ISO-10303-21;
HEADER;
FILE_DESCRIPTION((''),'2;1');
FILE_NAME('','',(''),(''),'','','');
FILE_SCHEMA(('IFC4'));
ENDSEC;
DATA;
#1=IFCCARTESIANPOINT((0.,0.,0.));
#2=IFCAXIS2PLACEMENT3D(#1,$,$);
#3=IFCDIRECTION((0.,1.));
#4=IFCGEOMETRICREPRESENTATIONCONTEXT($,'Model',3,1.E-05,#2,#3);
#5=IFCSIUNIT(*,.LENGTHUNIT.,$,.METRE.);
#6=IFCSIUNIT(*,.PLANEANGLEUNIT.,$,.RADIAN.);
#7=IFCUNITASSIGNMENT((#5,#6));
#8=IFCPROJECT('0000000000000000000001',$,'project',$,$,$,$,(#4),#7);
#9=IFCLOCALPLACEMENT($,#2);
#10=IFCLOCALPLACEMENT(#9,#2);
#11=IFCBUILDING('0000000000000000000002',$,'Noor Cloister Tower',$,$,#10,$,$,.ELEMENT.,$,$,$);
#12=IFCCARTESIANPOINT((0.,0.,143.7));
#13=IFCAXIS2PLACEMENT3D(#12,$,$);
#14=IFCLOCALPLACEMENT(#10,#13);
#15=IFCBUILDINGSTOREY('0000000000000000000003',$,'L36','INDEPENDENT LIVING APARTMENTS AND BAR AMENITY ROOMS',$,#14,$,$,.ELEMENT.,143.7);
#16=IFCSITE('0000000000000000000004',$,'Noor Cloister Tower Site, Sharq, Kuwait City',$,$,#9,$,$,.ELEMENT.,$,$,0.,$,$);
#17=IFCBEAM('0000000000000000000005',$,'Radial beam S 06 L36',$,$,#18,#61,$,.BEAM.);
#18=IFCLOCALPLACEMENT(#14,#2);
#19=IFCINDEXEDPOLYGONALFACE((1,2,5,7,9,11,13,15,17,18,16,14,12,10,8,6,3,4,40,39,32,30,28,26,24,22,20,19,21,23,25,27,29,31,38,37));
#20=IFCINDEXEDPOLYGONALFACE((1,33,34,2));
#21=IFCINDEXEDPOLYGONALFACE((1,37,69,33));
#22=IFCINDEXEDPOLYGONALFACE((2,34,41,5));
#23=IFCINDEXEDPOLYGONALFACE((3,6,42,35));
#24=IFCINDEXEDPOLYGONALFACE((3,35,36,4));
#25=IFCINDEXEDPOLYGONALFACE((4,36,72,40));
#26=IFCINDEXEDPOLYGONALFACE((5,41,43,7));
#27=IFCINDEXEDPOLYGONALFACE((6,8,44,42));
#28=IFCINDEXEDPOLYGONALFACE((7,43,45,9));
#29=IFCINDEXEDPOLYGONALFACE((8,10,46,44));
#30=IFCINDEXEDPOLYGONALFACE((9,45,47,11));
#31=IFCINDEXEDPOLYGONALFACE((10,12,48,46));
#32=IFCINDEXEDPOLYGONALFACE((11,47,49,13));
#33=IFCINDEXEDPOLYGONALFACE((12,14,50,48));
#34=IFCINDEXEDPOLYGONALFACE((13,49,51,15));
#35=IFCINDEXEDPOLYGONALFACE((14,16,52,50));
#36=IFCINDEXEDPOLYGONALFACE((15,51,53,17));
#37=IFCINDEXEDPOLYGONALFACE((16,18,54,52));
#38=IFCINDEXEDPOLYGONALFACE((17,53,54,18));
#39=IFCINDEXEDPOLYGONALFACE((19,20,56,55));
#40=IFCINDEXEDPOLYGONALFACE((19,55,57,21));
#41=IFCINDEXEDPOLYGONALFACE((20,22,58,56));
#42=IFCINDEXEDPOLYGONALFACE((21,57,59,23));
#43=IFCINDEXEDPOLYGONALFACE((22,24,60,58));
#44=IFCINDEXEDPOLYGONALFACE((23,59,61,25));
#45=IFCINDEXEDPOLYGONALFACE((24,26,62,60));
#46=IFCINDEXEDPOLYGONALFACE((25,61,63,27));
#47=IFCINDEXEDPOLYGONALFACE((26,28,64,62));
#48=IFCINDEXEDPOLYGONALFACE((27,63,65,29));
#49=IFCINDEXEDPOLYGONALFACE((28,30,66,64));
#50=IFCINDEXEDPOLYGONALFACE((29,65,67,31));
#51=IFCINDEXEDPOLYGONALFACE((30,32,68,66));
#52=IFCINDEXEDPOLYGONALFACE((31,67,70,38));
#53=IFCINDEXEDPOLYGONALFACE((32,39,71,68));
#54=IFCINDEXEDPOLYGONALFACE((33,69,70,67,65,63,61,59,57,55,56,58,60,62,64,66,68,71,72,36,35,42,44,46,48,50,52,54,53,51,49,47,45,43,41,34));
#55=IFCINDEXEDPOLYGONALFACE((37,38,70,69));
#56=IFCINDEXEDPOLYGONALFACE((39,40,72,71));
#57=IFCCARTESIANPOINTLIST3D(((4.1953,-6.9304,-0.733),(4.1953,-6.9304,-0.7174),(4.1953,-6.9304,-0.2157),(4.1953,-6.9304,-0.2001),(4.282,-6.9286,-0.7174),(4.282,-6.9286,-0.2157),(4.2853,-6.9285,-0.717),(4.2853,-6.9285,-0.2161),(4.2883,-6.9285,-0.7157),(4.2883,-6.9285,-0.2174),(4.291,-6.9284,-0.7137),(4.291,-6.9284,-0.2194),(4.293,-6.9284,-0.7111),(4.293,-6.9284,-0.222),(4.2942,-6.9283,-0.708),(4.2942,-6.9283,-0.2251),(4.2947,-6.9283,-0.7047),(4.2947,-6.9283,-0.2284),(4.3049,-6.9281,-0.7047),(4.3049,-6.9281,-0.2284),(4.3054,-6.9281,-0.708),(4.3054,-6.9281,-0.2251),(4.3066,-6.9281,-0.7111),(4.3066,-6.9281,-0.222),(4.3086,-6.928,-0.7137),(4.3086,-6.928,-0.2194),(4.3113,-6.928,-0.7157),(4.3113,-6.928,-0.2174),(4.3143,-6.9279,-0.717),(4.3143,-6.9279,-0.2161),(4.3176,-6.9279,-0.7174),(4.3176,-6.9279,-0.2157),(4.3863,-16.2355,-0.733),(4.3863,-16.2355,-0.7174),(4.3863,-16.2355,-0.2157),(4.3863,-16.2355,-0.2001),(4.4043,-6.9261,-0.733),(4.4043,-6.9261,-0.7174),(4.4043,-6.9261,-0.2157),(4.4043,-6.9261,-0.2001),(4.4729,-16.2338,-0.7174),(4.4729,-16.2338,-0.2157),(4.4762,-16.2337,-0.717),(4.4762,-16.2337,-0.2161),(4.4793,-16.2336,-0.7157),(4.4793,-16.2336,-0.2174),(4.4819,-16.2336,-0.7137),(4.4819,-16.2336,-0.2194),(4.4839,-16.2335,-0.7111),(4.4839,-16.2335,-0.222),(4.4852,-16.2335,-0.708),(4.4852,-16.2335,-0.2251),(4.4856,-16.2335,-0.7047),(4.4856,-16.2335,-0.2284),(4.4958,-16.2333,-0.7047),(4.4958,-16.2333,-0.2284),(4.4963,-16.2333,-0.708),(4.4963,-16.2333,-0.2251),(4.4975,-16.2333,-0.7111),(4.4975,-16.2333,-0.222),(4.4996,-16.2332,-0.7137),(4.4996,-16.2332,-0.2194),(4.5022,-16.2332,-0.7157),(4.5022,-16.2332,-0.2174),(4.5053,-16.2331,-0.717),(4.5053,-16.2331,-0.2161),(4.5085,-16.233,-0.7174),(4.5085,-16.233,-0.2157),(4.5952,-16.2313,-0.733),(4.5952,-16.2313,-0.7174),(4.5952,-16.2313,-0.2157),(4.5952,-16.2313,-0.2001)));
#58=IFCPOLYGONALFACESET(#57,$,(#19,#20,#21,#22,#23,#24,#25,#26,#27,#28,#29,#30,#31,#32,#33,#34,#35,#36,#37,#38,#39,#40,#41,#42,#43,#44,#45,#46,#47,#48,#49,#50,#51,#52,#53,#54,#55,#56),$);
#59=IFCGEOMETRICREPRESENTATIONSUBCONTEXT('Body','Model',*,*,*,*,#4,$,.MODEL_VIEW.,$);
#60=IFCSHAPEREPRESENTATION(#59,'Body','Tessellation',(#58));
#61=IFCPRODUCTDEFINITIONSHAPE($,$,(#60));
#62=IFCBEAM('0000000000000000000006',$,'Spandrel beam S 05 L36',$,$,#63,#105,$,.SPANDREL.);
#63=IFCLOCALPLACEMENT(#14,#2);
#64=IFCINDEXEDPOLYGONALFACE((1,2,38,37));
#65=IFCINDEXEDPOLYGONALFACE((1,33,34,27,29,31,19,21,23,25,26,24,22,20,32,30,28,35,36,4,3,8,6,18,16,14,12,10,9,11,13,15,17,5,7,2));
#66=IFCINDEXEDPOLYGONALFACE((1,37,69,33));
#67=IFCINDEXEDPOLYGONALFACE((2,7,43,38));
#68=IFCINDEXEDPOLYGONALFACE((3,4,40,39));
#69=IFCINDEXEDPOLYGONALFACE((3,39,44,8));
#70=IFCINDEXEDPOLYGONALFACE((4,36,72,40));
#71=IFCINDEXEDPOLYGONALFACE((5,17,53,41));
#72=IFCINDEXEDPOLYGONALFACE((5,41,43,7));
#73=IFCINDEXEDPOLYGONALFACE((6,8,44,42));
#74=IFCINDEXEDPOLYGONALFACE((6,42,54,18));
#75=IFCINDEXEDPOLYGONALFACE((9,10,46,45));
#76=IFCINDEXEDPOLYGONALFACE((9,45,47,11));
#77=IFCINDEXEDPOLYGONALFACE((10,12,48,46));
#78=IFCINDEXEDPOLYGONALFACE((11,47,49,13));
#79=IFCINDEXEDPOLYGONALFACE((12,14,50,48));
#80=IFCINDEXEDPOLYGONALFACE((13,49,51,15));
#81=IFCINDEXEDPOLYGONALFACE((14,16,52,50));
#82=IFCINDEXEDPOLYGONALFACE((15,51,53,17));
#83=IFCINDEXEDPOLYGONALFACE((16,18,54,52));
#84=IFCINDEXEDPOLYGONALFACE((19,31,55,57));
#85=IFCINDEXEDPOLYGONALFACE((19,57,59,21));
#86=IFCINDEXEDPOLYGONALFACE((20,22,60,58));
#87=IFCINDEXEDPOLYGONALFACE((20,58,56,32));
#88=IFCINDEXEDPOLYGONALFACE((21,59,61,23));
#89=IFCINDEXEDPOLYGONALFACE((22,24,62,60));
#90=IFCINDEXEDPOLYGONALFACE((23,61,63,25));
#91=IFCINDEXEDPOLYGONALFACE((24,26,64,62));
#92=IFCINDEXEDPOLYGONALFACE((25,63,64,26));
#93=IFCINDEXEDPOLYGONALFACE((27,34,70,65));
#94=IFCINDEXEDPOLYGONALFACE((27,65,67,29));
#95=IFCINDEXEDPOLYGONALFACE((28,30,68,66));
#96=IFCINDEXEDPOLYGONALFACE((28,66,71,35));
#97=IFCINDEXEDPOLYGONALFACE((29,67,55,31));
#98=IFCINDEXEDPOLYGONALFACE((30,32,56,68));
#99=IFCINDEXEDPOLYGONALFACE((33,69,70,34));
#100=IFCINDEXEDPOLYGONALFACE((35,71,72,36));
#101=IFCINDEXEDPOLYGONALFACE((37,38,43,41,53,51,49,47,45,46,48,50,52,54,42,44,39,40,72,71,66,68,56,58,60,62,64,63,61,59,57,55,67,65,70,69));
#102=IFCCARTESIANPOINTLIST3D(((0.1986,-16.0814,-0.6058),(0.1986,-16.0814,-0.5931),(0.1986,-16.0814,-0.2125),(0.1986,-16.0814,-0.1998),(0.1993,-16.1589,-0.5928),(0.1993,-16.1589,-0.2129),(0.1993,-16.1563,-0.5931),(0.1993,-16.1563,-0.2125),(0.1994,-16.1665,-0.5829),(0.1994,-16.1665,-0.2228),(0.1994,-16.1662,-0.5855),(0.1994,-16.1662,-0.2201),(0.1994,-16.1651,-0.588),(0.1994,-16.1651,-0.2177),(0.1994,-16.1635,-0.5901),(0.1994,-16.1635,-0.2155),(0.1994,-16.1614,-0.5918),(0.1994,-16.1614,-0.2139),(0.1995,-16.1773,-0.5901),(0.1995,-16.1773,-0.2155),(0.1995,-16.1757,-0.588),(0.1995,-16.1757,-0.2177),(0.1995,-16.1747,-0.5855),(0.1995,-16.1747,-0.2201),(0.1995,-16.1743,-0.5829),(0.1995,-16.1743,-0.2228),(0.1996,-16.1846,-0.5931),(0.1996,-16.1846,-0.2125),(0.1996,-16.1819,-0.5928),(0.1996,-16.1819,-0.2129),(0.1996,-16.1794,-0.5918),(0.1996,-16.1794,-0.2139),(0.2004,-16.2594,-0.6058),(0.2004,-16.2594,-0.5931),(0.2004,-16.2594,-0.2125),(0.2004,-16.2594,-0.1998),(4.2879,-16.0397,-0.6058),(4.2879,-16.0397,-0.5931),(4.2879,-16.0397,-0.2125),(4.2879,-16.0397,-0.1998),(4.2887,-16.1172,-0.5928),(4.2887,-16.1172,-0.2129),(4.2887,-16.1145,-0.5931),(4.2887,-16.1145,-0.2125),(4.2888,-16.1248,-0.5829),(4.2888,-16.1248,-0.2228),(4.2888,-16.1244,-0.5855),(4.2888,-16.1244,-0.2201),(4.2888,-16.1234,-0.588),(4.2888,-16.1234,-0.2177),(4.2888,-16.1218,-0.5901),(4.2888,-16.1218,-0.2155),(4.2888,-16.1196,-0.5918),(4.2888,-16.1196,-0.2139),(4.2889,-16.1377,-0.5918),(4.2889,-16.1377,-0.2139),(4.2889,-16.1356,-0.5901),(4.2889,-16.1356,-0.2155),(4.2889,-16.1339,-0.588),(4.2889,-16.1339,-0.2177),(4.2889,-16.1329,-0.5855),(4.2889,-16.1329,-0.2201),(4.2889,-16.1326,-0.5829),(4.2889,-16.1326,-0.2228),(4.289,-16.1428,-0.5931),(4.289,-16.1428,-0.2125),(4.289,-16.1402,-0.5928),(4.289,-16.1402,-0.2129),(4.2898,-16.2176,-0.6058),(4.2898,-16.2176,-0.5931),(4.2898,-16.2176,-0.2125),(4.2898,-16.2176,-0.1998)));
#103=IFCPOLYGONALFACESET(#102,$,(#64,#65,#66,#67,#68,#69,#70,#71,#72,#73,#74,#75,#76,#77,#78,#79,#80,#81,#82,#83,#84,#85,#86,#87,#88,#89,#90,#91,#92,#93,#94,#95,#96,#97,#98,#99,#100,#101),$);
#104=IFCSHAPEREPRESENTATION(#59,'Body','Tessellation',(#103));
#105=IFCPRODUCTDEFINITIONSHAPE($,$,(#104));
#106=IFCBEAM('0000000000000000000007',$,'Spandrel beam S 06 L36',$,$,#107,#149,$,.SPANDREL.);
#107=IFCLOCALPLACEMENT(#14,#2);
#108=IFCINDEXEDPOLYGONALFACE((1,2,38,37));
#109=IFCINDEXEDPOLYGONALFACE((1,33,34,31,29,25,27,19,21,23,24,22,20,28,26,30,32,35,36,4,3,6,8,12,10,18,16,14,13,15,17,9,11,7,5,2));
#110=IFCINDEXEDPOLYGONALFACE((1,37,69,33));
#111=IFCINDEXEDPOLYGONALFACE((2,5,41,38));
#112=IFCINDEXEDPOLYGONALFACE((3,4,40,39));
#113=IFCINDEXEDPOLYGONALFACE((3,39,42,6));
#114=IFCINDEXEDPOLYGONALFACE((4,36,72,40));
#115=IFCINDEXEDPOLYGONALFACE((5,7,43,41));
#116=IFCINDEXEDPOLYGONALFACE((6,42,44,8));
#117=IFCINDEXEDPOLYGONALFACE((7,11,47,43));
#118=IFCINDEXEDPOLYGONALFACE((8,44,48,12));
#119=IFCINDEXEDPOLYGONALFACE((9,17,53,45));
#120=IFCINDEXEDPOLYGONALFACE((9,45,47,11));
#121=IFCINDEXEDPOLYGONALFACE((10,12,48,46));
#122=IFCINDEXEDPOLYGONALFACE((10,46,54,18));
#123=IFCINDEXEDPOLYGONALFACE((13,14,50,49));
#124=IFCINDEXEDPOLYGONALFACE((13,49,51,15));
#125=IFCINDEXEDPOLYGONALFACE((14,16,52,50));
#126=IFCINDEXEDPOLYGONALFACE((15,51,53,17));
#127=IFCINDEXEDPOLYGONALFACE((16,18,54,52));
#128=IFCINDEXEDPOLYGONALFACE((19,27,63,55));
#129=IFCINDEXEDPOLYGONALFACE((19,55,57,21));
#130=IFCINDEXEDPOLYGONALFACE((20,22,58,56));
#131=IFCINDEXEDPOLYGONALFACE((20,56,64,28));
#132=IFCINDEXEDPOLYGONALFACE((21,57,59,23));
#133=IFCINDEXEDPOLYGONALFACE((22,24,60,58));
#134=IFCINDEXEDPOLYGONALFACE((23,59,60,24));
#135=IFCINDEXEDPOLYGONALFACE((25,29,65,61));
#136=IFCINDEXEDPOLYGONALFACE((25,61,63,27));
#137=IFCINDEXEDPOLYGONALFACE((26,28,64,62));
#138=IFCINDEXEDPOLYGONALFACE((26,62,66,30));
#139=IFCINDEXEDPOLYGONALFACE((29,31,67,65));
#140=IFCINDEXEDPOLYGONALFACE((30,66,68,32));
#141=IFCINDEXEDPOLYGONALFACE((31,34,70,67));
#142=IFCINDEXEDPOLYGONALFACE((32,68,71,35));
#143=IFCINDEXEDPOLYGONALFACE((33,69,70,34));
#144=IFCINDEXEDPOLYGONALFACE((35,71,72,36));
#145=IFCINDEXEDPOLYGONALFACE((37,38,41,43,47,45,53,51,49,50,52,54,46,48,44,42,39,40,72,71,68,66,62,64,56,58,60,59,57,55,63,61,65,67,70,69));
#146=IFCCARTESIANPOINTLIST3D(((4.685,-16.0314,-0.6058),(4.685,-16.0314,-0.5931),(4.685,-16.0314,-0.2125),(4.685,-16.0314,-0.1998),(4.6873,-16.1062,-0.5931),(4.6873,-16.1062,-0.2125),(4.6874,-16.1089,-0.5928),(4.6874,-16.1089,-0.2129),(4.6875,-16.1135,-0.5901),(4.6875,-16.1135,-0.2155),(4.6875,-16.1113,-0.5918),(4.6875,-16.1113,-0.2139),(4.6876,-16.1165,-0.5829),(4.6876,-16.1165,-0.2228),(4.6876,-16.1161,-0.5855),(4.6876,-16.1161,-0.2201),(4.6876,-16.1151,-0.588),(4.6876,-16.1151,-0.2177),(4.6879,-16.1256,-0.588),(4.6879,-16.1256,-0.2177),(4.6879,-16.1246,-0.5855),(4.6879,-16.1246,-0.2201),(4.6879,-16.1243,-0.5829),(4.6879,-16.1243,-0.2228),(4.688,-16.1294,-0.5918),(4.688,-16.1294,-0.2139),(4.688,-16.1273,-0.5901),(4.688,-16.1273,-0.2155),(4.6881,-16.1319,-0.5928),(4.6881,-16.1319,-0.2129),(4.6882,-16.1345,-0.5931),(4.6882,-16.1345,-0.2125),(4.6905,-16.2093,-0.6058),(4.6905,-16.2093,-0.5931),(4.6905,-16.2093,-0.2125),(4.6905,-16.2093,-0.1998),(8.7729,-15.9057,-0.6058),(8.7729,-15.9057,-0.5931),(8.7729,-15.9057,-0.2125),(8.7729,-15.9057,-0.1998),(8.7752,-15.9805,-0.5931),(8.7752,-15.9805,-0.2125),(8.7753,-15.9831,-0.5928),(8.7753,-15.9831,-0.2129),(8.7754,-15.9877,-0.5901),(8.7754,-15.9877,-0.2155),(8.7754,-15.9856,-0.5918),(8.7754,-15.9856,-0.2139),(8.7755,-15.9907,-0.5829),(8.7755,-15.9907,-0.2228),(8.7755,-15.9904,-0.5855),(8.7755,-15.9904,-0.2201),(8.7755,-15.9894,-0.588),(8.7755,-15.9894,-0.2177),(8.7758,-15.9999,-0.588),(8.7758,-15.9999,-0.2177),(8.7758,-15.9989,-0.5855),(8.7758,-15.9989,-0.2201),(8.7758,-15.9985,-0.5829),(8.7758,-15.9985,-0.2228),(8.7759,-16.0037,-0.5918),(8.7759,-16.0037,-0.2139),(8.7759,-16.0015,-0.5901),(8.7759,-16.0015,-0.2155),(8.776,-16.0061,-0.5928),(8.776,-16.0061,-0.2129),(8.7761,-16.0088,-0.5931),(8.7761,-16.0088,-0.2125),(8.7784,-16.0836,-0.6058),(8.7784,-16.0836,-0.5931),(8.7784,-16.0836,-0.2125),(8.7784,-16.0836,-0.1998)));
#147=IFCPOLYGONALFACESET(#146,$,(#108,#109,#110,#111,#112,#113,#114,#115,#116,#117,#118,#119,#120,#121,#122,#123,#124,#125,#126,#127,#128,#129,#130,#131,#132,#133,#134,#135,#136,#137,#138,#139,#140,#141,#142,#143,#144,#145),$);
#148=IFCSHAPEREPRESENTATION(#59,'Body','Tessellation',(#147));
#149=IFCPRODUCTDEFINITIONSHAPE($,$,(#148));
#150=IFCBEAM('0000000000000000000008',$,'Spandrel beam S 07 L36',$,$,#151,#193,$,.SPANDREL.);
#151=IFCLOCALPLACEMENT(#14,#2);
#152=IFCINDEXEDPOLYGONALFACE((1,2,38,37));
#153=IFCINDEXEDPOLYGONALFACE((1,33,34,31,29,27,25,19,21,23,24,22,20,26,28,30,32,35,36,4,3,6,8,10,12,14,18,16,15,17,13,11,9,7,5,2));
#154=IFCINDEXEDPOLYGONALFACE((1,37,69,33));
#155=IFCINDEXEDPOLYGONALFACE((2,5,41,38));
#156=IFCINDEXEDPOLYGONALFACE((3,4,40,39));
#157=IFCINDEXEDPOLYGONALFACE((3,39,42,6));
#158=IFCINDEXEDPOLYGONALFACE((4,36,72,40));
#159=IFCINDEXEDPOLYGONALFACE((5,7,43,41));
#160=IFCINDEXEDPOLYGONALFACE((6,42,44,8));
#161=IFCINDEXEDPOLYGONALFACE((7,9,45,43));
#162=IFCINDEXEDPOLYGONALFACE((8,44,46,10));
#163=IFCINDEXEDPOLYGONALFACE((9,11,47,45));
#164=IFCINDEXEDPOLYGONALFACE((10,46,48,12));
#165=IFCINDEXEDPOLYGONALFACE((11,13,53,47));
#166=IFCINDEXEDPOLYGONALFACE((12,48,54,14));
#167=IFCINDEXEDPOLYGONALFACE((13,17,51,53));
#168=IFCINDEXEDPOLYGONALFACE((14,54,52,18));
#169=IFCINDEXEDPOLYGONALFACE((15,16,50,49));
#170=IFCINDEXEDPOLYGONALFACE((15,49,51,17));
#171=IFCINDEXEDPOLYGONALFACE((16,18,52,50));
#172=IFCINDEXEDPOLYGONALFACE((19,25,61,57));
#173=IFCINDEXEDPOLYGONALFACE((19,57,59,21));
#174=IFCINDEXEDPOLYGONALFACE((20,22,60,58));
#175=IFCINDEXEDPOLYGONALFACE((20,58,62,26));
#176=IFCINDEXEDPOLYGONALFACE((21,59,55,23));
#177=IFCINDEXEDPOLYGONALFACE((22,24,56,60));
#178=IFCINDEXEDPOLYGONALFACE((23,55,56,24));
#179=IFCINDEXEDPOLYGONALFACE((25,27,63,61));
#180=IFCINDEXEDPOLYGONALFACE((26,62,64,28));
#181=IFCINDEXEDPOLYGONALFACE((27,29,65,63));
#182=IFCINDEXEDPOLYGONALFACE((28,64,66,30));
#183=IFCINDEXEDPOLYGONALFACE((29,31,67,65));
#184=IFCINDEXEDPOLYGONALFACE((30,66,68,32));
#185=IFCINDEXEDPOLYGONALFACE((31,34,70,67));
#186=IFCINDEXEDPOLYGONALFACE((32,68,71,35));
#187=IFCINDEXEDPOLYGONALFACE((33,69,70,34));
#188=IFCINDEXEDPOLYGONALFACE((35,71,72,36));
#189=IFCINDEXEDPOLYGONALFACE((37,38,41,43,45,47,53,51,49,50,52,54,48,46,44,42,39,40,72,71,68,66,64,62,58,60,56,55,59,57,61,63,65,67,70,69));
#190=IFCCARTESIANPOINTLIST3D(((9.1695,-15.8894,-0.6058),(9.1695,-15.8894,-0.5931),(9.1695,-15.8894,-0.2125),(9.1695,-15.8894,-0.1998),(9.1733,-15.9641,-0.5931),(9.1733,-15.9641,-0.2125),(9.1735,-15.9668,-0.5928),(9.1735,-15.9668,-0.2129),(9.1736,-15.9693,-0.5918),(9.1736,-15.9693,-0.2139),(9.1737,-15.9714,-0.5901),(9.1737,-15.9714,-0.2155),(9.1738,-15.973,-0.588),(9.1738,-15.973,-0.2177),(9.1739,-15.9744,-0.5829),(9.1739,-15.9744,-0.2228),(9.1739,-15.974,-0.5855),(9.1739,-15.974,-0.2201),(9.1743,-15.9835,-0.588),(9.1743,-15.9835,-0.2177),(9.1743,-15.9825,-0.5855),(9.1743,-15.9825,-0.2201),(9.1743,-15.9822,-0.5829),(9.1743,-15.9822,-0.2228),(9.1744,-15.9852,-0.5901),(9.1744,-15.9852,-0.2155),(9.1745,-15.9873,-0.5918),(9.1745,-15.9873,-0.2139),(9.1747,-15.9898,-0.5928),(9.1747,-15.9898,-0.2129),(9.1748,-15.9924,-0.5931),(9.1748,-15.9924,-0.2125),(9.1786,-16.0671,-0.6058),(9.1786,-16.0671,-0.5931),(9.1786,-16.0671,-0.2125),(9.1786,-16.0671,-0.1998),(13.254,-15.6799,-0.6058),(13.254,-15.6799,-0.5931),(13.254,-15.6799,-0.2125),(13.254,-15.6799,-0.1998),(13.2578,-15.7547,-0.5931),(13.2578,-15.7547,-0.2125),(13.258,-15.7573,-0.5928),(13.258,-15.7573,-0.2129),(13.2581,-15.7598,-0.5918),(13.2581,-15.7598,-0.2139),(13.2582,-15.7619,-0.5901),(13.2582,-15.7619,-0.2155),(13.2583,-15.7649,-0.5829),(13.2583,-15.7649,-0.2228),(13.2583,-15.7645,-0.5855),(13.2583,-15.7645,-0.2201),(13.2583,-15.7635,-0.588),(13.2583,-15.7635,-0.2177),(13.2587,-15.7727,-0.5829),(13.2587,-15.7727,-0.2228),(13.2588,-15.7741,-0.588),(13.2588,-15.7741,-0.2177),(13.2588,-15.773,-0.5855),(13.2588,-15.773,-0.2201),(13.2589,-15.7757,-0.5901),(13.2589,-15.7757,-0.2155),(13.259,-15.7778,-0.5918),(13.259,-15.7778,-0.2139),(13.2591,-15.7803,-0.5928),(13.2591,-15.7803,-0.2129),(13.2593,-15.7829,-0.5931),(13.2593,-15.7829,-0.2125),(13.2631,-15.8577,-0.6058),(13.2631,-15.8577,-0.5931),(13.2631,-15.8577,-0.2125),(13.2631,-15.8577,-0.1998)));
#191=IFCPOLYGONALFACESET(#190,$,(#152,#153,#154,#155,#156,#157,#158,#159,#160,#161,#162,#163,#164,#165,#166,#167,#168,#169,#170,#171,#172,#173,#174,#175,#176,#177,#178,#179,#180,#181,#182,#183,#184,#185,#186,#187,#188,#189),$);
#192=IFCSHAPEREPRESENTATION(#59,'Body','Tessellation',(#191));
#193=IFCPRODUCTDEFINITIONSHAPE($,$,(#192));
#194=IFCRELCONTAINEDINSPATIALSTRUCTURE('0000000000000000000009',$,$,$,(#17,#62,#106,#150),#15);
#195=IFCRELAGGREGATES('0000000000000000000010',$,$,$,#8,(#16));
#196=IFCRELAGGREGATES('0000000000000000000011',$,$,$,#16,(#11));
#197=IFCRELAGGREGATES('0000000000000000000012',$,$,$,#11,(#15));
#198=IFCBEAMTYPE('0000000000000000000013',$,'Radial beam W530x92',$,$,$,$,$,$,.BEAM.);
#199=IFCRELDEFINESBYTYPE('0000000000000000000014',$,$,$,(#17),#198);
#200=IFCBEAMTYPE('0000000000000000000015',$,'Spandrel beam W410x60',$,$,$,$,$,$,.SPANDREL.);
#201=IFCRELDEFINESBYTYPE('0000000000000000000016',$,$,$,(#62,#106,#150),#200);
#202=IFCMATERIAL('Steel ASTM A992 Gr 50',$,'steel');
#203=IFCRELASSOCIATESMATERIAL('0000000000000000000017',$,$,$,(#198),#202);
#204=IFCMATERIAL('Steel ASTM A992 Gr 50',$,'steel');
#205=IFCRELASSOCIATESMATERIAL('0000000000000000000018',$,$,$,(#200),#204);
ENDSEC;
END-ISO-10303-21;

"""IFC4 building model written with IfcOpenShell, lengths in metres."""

from ifc_helpers import new_model, si_unit, direction, frame, origin, origin_2d, place, context, subcontext, project, spatial, i_section, extrude, material, material_profile, profile_set, type_object, element, save


model = new_model("IFC4")

# Units and contexts
model_context = context("Model", 3, precision=1e-05, world=origin(), true_north=direction((0.0, 1.0)))
body_context = subcontext(model_context, "Body", "Model", "MODEL_VIEW")
ifc_project = project(units=[si_unit("LENGTHUNIT", "METRE"), si_unit("PLANEANGLEUNIT", "RADIAN")], contexts=[model_context])

# Site, building, storey
site_placement = place(None, origin())
site = spatial("IfcSite", under=ifc_project, at=site_placement, Name="Noor Cloister Tower Site, Sharq, Kuwait City", CompositionType="ELEMENT", RefElevation=0.0)
building_placement = place(site_placement, origin())
building = spatial("IfcBuilding", under=site, at=building_placement, Name="Noor Cloister Tower", CompositionType="ELEMENT")
storey_placement = place(building_placement, frame((0.0, 0.0, 143.7)))
storey = spatial("IfcBuildingStorey", under=building, at=storey_placement, Name="L36", Description="INDEPENDENT LIVING APARTMENTS AND BAR AMENITY ROOMS", CompositionType="ELEMENT", Elevation=143.7)

# Beams
ifc_material_1 = material(Name="Steel ASTM A992 Gr 50", Category="steel")
ifc_material_profile_1 = material_profile(ifc_material_1, i_section(OverallWidth=0.209, OverallDepth=0.533, WebThickness=0.0103, FlangeThickness=0.0156, FilletRadius=0.0127, at=origin_2d()), Name="W530x92")
ifc_profile_set_1 = profile_set([ifc_material_profile_1], Name="Steel ASTM A992 Gr 50")
beam_type_1 = type_object("IfcBeamType", Name="Radial beam W530x92", PredefinedType="BEAM", material=ifc_profile_set_1)
beam_1_placement = place(storey_placement, frame((4.4907, -16.2334, -0.4666), z_axis=(-0.020513, 0.99979, 0.0), x_axis=(-0.99979, -0.020513, 0.0)))
element("IfcBeam", 1, at=beam_1_placement, inside=storey, type_object=beam_type_1, Name="Radial beam S 06 L36", PredefinedType="BEAM", context=body_context, shape_type="SweptSolid", body=[
    extrude(i_section(OverallWidth=0.209, OverallDepth=0.533, WebThickness=0.0103, FlangeThickness=0.0156, FilletRadius=0.0127, at=origin_2d()), origin(), (0.0, 0.0, 1.0), 9.3071),
])
ifc_material_2 = material(Name="Steel ASTM A992 Gr 50", Category="steel")
ifc_material_profile_2 = material_profile(ifc_material_2, i_section(OverallWidth=0.178, OverallDepth=0.406, WebThickness=0.0078, FlangeThickness=0.0127, FilletRadius=0.0103, at=origin_2d()), Name="W410x60")
ifc_profile_set_2 = profile_set([ifc_material_profile_2], Name="Steel ASTM A992 Gr 50")
beam_type_2 = type_object("IfcBeamType", Name="Spandrel beam W410x60", PredefinedType="SPANDREL", material=ifc_profile_set_2)
beam_2_placement = place(storey_placement, frame((0.1995, -16.1704, -0.4028), z_axis=(0.999948, 0.010208, 0.0), x_axis=(-0.010208, 0.999948, 0.0)))
element("IfcBeam", 2, at=beam_2_placement, inside=storey, type_object=beam_type_2, Name="Spandrel beam S 05 L36", PredefinedType="SPANDREL", context=body_context, shape_type="SweptSolid", body=[
    extrude(i_section(OverallWidth=0.178, OverallDepth=0.406, WebThickness=0.0078, FlangeThickness=0.0127, FilletRadius=0.0103, at=origin_2d()), origin(), (0.0, 0.0, 1.0), 4.0896),
])
for number, where, z_axis, x_axis, name in (
    (3, (4.6877, -16.1204, -0.4028), (0.999527, 0.030743, 0.0), (-0.030743, 0.999527, 0.0), "Spandrel beam S 06 L36"),
    (4, (9.1741, -15.9783, -0.4028), (0.998688, 0.051218, 0.0), (-0.051218, 0.998688, 0.0), "Spandrel beam S 07 L36"),
):
    element("IfcBeam", number, at=place(storey_placement, frame(where, z_axis=z_axis, x_axis=x_axis)), inside=storey, type_object=beam_type_2, Name=name, PredefinedType="SPANDREL", context=body_context, shape_type="SweptSolid", body=[
        extrude(i_section(OverallWidth=0.178, OverallDepth=0.406, WebThickness=0.0078, FlangeThickness=0.0127, FilletRadius=0.0103, at=origin_2d()), origin(), (0.0, 0.0, 1.0), 4.0898),
    ])

save(model, "model.ifc")
